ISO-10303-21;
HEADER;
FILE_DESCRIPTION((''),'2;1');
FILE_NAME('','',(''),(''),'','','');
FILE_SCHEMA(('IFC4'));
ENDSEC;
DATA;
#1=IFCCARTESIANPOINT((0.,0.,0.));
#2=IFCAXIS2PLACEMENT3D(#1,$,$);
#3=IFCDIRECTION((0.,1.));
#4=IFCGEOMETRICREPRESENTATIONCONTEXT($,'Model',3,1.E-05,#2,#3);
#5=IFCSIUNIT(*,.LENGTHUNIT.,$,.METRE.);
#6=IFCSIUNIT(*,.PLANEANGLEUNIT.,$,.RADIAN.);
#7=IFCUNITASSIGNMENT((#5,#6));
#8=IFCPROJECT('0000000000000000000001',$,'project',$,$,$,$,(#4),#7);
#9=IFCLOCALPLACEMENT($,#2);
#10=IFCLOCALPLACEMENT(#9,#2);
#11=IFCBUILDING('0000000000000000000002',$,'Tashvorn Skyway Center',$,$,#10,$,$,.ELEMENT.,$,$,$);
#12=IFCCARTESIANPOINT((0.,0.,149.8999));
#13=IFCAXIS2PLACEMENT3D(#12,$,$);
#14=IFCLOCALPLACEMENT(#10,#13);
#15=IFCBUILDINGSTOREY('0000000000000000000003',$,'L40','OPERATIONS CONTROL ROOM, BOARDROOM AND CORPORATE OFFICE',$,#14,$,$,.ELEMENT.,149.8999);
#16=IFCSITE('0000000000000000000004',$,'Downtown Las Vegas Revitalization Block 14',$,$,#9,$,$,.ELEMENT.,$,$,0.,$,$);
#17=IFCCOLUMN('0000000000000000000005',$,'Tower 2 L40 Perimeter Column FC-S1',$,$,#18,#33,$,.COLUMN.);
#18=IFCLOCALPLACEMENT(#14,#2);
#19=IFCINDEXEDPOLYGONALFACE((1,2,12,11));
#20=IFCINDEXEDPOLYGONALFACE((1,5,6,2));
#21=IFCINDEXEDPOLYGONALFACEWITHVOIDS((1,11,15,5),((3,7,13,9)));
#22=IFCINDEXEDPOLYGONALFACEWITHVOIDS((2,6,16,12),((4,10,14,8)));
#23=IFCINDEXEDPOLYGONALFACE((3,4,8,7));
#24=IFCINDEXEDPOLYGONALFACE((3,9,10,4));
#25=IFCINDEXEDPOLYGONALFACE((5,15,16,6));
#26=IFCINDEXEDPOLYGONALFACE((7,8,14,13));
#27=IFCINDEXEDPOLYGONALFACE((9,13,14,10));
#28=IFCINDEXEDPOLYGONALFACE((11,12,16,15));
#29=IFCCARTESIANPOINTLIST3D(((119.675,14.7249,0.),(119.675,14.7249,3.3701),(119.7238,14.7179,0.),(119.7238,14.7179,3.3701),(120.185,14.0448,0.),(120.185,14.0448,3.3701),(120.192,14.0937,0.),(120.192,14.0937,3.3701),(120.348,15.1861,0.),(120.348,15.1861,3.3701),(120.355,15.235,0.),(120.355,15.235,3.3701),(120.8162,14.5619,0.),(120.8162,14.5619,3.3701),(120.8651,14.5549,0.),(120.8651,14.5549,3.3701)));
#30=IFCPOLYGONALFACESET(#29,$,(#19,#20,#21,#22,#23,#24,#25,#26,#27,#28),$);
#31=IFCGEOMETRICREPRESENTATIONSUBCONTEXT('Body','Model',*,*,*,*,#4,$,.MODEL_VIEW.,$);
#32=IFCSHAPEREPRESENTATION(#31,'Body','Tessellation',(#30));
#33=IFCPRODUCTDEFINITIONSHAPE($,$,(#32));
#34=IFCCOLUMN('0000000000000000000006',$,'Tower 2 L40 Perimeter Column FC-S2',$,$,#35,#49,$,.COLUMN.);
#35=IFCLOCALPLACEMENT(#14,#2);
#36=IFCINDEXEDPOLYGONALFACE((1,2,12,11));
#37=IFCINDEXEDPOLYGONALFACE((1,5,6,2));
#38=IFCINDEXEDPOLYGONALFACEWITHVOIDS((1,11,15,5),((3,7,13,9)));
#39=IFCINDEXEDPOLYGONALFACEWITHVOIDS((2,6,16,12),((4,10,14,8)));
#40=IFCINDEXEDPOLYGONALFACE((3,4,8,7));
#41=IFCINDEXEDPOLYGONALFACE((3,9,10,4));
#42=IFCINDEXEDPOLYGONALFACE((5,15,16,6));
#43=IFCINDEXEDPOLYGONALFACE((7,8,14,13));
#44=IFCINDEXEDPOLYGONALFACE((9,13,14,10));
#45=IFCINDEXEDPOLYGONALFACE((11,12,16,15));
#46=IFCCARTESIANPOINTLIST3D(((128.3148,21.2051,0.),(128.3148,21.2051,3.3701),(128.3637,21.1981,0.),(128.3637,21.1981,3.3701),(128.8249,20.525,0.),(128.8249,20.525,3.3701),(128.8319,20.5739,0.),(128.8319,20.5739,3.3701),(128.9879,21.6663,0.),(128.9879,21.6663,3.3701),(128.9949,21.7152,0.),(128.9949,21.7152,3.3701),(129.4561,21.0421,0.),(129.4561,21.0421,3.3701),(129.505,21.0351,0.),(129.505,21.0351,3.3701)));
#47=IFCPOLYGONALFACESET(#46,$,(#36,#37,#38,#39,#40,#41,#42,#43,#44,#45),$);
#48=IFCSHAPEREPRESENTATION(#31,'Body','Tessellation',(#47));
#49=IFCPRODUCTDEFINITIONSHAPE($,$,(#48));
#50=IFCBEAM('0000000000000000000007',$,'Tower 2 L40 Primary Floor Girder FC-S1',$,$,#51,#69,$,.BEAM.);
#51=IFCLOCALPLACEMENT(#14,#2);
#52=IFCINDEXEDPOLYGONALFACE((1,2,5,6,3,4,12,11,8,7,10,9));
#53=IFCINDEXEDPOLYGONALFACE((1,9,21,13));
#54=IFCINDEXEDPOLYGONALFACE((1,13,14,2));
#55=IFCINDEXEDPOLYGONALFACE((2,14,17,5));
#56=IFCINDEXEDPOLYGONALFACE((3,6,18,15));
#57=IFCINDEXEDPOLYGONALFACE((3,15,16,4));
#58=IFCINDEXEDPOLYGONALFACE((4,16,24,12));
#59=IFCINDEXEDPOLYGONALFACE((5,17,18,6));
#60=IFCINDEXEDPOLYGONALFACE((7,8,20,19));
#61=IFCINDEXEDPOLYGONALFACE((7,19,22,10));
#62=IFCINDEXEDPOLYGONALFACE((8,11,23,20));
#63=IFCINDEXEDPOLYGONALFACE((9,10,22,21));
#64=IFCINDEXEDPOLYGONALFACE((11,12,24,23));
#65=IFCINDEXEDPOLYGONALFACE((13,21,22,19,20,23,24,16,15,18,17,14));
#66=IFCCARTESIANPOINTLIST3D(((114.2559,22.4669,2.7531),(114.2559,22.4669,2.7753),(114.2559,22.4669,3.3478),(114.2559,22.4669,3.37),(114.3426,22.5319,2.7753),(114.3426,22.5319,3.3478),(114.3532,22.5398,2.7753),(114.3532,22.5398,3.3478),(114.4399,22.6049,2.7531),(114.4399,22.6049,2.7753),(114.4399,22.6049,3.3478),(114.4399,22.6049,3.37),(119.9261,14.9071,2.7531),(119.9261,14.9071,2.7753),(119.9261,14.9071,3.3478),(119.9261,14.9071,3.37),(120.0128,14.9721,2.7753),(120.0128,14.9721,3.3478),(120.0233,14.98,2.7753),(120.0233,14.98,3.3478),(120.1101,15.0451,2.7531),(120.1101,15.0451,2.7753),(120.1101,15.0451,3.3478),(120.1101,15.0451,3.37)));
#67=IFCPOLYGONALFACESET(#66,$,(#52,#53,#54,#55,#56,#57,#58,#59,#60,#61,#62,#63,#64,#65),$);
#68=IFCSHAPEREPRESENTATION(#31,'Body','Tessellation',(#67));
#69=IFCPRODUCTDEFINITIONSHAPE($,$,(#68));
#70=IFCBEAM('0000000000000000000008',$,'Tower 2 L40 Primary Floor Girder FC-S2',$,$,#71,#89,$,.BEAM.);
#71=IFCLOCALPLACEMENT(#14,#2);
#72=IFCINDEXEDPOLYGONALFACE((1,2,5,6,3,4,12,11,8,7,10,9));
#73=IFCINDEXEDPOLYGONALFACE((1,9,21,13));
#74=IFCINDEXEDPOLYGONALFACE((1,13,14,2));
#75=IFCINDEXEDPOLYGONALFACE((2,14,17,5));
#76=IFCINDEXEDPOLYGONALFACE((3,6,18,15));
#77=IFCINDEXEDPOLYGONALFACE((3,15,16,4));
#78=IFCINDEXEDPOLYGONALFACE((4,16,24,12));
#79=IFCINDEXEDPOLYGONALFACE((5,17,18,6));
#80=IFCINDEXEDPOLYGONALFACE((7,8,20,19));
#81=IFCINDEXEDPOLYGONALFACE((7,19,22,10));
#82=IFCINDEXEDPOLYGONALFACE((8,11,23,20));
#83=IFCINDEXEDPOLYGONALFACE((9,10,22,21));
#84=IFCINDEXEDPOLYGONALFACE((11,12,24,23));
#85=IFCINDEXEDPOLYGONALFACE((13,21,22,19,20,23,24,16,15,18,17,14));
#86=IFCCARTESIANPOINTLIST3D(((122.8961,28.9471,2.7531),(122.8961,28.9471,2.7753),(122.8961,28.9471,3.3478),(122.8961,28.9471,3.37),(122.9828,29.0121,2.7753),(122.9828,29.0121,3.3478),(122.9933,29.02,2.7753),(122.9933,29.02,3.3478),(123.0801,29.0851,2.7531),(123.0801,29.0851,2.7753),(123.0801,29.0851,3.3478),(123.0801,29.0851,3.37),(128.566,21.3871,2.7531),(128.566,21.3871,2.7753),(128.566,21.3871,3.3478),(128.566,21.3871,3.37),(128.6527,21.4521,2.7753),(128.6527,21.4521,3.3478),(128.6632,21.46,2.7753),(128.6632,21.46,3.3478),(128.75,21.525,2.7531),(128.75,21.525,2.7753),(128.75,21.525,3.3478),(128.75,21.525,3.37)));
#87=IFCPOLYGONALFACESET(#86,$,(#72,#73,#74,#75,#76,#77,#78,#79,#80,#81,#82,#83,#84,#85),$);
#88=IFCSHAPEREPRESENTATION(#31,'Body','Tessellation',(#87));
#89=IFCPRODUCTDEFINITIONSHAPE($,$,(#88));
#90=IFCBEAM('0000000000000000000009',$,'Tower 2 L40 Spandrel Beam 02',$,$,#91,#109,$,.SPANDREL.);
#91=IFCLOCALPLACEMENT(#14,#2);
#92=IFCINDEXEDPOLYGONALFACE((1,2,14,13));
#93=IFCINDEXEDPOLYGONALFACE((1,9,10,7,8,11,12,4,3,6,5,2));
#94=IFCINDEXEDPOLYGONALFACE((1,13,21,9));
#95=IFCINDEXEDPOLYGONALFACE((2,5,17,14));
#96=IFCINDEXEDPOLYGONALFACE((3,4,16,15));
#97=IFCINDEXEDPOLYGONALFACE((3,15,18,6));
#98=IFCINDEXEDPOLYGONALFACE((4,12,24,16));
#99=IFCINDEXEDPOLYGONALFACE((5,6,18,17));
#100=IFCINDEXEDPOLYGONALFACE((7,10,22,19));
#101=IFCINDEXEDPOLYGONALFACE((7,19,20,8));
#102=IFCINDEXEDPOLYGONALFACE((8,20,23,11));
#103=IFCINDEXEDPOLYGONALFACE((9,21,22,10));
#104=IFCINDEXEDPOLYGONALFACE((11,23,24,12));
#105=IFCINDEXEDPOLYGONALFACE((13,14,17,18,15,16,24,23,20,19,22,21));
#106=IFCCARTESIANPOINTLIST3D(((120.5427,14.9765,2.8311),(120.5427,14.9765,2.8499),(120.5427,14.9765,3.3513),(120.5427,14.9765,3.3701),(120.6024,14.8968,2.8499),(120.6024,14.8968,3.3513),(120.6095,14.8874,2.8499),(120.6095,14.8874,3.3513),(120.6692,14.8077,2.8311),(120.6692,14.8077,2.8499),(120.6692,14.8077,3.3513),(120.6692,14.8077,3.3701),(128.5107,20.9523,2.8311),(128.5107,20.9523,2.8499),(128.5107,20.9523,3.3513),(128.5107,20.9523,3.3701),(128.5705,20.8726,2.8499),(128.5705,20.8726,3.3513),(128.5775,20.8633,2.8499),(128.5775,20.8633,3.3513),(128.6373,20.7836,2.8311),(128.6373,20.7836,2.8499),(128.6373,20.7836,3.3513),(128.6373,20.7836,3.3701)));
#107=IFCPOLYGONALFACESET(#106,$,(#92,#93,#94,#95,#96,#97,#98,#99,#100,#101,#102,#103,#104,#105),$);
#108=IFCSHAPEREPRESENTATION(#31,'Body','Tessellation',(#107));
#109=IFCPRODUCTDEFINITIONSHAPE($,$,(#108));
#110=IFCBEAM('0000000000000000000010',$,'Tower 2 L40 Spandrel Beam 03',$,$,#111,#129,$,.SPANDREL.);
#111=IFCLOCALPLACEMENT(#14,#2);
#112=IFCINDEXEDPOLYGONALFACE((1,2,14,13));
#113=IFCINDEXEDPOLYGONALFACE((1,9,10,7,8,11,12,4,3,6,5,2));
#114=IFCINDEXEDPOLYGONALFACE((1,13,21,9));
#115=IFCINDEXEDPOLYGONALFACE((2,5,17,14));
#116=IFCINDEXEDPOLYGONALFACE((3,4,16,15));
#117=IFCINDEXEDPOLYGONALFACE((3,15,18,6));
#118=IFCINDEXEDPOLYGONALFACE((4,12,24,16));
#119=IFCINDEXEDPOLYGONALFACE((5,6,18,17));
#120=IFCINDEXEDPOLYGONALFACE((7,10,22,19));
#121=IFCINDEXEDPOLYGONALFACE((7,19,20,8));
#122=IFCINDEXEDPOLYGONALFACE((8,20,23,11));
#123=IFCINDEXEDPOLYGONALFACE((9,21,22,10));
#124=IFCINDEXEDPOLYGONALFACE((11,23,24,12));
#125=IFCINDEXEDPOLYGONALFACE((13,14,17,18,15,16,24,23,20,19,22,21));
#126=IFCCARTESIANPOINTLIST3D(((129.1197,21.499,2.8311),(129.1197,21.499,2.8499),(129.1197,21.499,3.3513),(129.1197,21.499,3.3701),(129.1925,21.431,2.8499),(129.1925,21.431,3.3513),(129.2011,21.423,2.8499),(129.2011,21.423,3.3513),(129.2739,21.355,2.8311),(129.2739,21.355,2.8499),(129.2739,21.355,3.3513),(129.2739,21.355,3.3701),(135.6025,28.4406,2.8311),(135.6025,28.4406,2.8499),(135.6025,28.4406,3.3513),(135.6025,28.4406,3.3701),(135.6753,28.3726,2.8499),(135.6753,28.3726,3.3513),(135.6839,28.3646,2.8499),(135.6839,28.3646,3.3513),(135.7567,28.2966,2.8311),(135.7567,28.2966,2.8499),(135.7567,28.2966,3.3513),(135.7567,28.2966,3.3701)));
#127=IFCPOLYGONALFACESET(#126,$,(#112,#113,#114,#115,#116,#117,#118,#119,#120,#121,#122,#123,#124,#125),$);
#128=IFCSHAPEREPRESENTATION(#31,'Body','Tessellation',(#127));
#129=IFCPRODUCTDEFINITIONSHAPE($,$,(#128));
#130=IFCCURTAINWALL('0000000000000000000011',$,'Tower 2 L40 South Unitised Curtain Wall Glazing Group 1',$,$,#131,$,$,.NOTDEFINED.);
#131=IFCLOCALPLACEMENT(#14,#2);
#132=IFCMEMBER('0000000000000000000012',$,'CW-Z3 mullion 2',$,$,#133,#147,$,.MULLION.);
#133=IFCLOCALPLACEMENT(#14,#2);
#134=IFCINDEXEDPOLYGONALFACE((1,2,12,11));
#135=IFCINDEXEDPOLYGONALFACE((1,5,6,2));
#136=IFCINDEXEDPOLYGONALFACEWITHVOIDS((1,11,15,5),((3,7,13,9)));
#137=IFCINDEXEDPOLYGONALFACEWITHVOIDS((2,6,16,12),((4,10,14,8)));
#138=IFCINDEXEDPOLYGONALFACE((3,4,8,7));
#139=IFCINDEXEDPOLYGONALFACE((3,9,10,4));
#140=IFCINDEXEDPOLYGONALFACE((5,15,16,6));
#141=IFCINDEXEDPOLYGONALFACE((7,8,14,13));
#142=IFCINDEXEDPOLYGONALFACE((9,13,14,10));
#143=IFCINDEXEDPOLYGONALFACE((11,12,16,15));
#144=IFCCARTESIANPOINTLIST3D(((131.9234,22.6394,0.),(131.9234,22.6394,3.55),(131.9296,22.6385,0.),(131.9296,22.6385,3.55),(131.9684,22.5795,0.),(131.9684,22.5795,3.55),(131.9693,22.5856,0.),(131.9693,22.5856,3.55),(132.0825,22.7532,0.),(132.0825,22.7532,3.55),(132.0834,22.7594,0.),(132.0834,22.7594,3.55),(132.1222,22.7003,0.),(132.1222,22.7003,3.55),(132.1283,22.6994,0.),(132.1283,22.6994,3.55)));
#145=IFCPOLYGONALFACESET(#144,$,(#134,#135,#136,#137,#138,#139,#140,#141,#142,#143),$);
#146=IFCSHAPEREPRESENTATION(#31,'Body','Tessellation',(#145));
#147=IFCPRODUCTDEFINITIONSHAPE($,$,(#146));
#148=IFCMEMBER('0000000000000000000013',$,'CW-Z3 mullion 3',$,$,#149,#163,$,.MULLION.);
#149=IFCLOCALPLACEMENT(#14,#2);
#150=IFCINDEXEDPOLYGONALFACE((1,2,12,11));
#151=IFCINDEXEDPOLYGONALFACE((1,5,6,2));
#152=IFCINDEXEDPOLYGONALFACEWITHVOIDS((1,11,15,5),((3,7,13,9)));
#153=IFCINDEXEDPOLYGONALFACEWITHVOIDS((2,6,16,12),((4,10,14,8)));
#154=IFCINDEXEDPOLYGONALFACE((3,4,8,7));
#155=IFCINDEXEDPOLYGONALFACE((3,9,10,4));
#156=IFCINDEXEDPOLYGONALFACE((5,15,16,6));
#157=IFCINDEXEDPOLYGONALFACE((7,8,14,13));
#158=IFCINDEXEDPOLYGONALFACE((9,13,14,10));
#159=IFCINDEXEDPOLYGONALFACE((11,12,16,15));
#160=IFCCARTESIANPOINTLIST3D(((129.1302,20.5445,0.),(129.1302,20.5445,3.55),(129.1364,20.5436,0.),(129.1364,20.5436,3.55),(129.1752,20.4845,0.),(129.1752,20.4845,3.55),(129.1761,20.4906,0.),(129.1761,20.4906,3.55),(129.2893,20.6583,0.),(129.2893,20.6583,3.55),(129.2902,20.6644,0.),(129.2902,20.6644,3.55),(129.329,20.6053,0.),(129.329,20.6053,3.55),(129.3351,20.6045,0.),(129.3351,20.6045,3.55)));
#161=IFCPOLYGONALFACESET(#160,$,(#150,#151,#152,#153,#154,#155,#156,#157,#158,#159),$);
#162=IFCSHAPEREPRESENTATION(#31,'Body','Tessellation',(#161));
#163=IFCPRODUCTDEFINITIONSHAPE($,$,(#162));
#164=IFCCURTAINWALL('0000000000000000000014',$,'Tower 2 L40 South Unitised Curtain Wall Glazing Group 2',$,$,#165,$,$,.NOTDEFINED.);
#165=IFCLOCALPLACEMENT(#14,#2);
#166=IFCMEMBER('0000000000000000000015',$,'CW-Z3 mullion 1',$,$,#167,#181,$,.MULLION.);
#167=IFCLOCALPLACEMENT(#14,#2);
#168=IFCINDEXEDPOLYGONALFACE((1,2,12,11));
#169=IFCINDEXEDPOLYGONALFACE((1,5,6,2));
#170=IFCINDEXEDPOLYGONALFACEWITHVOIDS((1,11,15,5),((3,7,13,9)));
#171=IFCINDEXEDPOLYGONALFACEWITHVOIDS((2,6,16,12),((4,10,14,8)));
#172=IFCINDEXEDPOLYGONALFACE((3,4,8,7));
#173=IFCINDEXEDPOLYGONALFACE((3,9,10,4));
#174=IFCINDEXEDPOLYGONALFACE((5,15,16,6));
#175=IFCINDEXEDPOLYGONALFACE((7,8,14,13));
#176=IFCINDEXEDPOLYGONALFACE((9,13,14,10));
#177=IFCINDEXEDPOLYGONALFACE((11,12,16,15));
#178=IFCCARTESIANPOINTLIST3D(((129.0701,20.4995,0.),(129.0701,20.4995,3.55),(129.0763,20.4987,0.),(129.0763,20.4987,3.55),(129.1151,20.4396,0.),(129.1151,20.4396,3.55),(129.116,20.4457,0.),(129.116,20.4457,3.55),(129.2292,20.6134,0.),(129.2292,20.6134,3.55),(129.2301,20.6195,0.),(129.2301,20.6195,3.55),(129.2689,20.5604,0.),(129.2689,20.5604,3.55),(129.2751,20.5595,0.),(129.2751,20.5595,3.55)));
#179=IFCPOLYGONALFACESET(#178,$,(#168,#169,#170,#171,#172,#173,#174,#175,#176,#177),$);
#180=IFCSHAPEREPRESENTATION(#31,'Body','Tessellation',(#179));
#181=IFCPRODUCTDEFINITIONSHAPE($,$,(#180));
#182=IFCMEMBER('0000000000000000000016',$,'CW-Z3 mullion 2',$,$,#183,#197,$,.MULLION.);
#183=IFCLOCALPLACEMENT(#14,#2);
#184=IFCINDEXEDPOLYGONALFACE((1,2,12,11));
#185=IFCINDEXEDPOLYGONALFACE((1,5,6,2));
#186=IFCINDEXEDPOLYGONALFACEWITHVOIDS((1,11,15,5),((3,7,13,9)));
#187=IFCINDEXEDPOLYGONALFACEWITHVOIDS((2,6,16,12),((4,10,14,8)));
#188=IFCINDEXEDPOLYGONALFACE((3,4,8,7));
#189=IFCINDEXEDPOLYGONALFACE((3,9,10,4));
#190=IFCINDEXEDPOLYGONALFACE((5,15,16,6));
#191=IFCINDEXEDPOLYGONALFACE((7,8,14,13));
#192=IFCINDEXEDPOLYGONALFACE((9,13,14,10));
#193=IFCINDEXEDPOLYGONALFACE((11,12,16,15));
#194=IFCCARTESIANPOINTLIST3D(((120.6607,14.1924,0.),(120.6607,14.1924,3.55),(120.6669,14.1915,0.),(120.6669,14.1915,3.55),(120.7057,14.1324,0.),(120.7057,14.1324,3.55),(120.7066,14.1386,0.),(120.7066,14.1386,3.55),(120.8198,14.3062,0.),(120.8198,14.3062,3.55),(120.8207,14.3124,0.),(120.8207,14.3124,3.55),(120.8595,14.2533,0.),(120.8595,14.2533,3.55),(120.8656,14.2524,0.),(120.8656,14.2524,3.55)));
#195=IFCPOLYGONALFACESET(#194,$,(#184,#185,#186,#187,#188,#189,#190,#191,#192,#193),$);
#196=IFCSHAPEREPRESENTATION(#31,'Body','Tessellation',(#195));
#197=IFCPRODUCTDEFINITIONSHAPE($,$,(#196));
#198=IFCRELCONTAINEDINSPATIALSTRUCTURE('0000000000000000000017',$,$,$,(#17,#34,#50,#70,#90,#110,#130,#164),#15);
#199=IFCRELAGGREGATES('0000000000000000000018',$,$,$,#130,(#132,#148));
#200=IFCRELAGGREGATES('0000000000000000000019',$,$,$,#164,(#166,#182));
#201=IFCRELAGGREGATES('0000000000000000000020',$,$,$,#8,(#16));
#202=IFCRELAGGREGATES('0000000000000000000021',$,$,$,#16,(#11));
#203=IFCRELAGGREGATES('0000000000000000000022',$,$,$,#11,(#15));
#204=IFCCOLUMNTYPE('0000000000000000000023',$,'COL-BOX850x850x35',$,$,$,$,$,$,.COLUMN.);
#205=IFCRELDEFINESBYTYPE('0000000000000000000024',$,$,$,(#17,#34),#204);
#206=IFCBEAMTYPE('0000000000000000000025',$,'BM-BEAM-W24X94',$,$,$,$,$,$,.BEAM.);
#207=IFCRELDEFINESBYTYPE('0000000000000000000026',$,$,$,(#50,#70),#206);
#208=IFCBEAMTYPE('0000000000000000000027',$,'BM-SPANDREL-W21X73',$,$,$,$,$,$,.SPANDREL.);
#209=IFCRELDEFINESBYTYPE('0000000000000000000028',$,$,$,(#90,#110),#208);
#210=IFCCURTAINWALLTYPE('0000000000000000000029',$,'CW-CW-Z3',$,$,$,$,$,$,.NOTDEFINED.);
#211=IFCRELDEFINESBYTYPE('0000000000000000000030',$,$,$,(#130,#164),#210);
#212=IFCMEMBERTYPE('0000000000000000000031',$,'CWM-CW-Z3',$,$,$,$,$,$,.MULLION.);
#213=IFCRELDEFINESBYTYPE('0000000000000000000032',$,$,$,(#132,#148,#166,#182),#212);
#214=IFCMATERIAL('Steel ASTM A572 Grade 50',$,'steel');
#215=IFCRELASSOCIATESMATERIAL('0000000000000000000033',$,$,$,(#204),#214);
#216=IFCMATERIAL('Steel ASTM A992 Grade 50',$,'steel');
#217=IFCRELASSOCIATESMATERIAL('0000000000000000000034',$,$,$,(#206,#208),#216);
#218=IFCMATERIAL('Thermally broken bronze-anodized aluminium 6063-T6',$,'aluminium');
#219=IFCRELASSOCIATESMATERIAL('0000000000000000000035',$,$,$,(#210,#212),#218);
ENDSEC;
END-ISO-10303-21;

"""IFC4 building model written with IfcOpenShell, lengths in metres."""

from ifc_helpers import new_model, si_unit, direction, frame, origin, origin_2d, place, context, subcontext, project, spatial, hollow_rectangle, i_section, extrude, material, material_profile, profile_set, type_object, element, aggregate, save


model = new_model("IFC4")

# Units and contexts
model_context = context("Model", 3, precision=1e-05, world=origin(), true_north=direction((0.0, 1.0)))
body_context = subcontext(model_context, "Body", "Model", "MODEL_VIEW")
ifc_project = project(units=[si_unit("LENGTHUNIT", "METRE"), si_unit("PLANEANGLEUNIT", "RADIAN")], contexts=[model_context])

# Site, building, storey
site_placement = place(None, origin())
site = spatial("IfcSite", under=ifc_project, at=site_placement, Name="Downtown Las Vegas Revitalization Block 14", CompositionType="ELEMENT", RefElevation=0.0)
building_placement = place(site_placement, origin())
building = spatial("IfcBuilding", under=site, at=building_placement, Name="Tashvorn Skyway Center", CompositionType="ELEMENT")
storey_placement = place(building_placement, frame((0.0, 0.0, 149.8999)))
storey = spatial("IfcBuildingStorey", under=building, at=storey_placement, Name="L40", Description="OPERATIONS CONTROL ROOM, BOARDROOM AND CORPORATE OFFICE", CompositionType="ELEMENT", Elevation=149.8999)

# Columns
ifc_material_1 = material(Name="Steel ASTM A572 Grade 50", Category="steel")
ifc_material_profile_1 = material_profile(ifc_material_1, hollow_rectangle(XDim=0.8501, YDim=0.8501, WallThickness=0.0349, at=origin_2d()), Name="BOX850x850x35")
ifc_profile_set_1 = profile_set([ifc_material_profile_1], Name="Steel ASTM A572 Grade 50")
column_type = type_object("IfcColumnType", Name="COL-BOX850x850x35", PredefinedType="COLUMN", material=ifc_profile_set_1)
for number, where, z_axis, x_axis, name in (
    (1, (120.27, 14.6399, 0.0), (0.0, 0.0, 1.0), (0.8, 0.6, 0.0), "Tower 2 L40 Perimeter Column FC-S1"),
    (2, (128.9099, 21.1201, 0.0), (0.0, 0.0, 1.0), (0.8, 0.6, 0.0), "Tower 2 L40 Perimeter Column FC-S2"),
):
    element("IfcColumn", number, at=place(storey_placement, frame(where, z_axis=z_axis, x_axis=x_axis)), inside=storey, type_object=column_type, Name=name, PredefinedType="COLUMN", context=body_context, shape_type="SweptSolid", body=[
        extrude(hollow_rectangle(XDim=0.8501, YDim=0.8501, WallThickness=0.0349, at=origin_2d()), origin(), (0.0, 0.0, 1.0), 3.3701),
    ])

# Beams
ifc_material_2 = material(Name="Steel ASTM A992 Grade 50", Category="steel")
ifc_material_profile_2 = material_profile(ifc_material_2, i_section(OverallWidth=0.23, OverallDepth=0.6169, WebThickness=0.0132, FlangeThickness=0.0222, at=origin_2d()), Name="W24X94")
ifc_profile_set_2 = profile_set([ifc_material_profile_2], Name="Steel ASTM A992 Grade 50")
beam_type_1 = type_object("IfcBeamType", Name="BM-BEAM-W24X94", PredefinedType="BEAM", material=ifc_profile_set_2)
for number, where, z_axis, x_axis, name in (
    (3, (120.0181, 14.9761, 3.0615), (-0.600021, 0.799984, 0.0), (-0.799984, -0.600021, 0.0), "Tower 2 L40 Primary Floor Girder FC-S1"),
    (4, (128.658, 21.4561, 3.0615), (-0.599992, 0.800006, 0.0), (-0.800006, -0.599992, 0.0), "Tower 2 L40 Primary Floor Girder FC-S2"),
):
    element("IfcBeam", number, at=place(storey_placement, frame(where, z_axis=z_axis, x_axis=x_axis)), inside=storey, type_object=beam_type_1, Name=name, PredefinedType="BEAM", context=body_context, shape_type="SweptSolid", body=[
        extrude(i_section(OverallWidth=0.23, OverallDepth=0.6169, WebThickness=0.0132, FlangeThickness=0.0222, at=origin_2d()), origin(), (0.0, 0.0, 1.0), 9.45),
    ])
ifc_material_profile_3 = material_profile(ifc_material_2, i_section(OverallWidth=0.2109, OverallDepth=0.5391, WebThickness=0.0117, FlangeThickness=0.0188, at=origin_2d()), Name="W21X73")
ifc_profile_set_3 = profile_set([ifc_material_profile_3], Name="Steel ASTM A992 Grade 50")
beam_type_2 = type_object("IfcBeamType", Name="BM-SPANDREL-W21X73", PredefinedType="SPANDREL", material=ifc_profile_set_3)
beam_1_placement = place(storey_placement, frame((120.606, 14.8921, 3.1006), z_axis=(0.800009, 0.599988, 0.0), x_axis=(-0.599988, 0.800009, 0.0)))
element("IfcBeam", 5, at=beam_1_placement, inside=storey, type_object=beam_type_2, Name="Tower 2 L40 Spandrel Beam 02", PredefinedType="SPANDREL", context=body_context, shape_type="SweptSolid", body=[
    extrude(i_section(OverallWidth=0.2109, OverallDepth=0.5391, WebThickness=0.0117, FlangeThickness=0.0188, at=origin_2d()), origin(), (0.0, 0.0, 1.0), 9.96),
])
beam_2_placement = place(storey_placement, frame((129.1968, 21.427, 3.1006), z_axis=(0.682545, 0.730843, 0.0), x_axis=(-0.730843, 0.682545, 0.0)))
element("IfcBeam", 6, at=beam_2_placement, inside=storey, type_object=beam_type_2, Name="Tower 2 L40 Spandrel Beam 03", PredefinedType="SPANDREL", context=body_context, shape_type="SweptSolid", body=[
    extrude(i_section(OverallWidth=0.2109, OverallDepth=0.5391, WebThickness=0.0117, FlangeThickness=0.0188, at=origin_2d()), origin(), (0.0, 0.0, 1.0), 9.498),
])

# Curtain walls, members
ifc_material_3 = material(Name="Thermally broken bronze-anodized aluminium 6063-T6", Category="aluminium")
curtain_wall_type = type_object("IfcCurtainWallType", Name="CW-CW-Z3", PredefinedType="NOTDEFINED", material=ifc_material_3)
curtain_wall_1_placement = place(storey_placement, origin())
curtain_wall_1 = element("IfcCurtainWall", 7, at=curtain_wall_1_placement, inside=storey, type_object=curtain_wall_type, Name="Tower 2 L40 South Unitised Curtain Wall Glazing Group 1", PredefinedType="NOTDEFINED")
ifc_material_profile_4 = material_profile(ifc_material_3, hollow_rectangle(XDim=0.075, YDim=0.2, WallThickness=0.0044, at=origin_2d()), Name="ALU-MULL-75x200")
ifc_profile_set_4 = profile_set([ifc_material_profile_4], Name="Thermally broken bronze-anodized aluminium 6063-T6")
member_type_1 = type_object("IfcMemberType", Name="CWM-CW-Z3", PredefinedType="MULLION", material=ifc_profile_set_4)
member_1_placement = place(storey_placement, frame((132.0259, 22.6694, 0.0), z_axis=(0.0, 0.0, 1.0), x_axis=(0.600005, -0.799997, 0.0)))
member_1 = element("IfcMember", 8, at=member_1_placement, type_object=member_type_1, Name="CW-Z3 mullion 2", PredefinedType="MULLION", context=body_context, shape_type="SweptSolid", body=[
    extrude(hollow_rectangle(XDim=0.075, YDim=0.2, WallThickness=0.0044, at=origin_2d()), origin(), (0.0, 0.0, 1.0), 3.55),
])
member_2_placement = place(storey_placement, frame((129.2327, 20.5745, 0.0), z_axis=(0.0, 0.0, 1.0), x_axis=(0.600005, -0.799997, 0.0)))
member_2 = element("IfcMember", 9, at=member_2_placement, type_object=member_type_1, Name="CW-Z3 mullion 3", PredefinedType="MULLION", context=body_context, shape_type="SweptSolid", body=[
    extrude(hollow_rectangle(XDim=0.075, YDim=0.2, WallThickness=0.0044, at=origin_2d()), origin(), (0.0, 0.0, 1.0), 3.55),
])
curtain_wall_2_placement = place(storey_placement, origin())
curtain_wall_2 = element("IfcCurtainWall", 10, at=curtain_wall_2_placement, inside=storey, type_object=curtain_wall_type, Name="Tower 2 L40 South Unitised Curtain Wall Glazing Group 2", PredefinedType="NOTDEFINED")
member_3_placement = place(storey_placement, frame((129.1726, 20.5295, 0.0), z_axis=(0.0, 0.0, 1.0), x_axis=(0.599997, -0.800002, 0.0)))
member_3 = element("IfcMember", 11, at=member_3_placement, type_object=member_type_1, Name="CW-Z3 mullion 1", PredefinedType="MULLION", context=body_context, shape_type="SweptSolid", body=[
    extrude(hollow_rectangle(XDim=0.075, YDim=0.2, WallThickness=0.0044, at=origin_2d()), origin(), (0.0, 0.0, 1.0), 3.55),
])
member_4_placement = place(storey_placement, frame((120.7632, 14.2224, 0.0), z_axis=(0.0, 0.0, 1.0), x_axis=(0.599997, -0.800002, 0.0)))
member_4 = element("IfcMember", 12, at=member_4_placement, type_object=member_type_1, Name="CW-Z3 mullion 2", PredefinedType="MULLION", context=body_context, shape_type="SweptSolid", body=[
    extrude(hollow_rectangle(XDim=0.075, YDim=0.2, WallThickness=0.0044, at=origin_2d()), origin(), (0.0, 0.0, 1.0), 3.55),
])

aggregate(curtain_wall_1, [member_1, member_2])
aggregate(curtain_wall_2, [member_3, member_4])

save(model, "model.ifc")
